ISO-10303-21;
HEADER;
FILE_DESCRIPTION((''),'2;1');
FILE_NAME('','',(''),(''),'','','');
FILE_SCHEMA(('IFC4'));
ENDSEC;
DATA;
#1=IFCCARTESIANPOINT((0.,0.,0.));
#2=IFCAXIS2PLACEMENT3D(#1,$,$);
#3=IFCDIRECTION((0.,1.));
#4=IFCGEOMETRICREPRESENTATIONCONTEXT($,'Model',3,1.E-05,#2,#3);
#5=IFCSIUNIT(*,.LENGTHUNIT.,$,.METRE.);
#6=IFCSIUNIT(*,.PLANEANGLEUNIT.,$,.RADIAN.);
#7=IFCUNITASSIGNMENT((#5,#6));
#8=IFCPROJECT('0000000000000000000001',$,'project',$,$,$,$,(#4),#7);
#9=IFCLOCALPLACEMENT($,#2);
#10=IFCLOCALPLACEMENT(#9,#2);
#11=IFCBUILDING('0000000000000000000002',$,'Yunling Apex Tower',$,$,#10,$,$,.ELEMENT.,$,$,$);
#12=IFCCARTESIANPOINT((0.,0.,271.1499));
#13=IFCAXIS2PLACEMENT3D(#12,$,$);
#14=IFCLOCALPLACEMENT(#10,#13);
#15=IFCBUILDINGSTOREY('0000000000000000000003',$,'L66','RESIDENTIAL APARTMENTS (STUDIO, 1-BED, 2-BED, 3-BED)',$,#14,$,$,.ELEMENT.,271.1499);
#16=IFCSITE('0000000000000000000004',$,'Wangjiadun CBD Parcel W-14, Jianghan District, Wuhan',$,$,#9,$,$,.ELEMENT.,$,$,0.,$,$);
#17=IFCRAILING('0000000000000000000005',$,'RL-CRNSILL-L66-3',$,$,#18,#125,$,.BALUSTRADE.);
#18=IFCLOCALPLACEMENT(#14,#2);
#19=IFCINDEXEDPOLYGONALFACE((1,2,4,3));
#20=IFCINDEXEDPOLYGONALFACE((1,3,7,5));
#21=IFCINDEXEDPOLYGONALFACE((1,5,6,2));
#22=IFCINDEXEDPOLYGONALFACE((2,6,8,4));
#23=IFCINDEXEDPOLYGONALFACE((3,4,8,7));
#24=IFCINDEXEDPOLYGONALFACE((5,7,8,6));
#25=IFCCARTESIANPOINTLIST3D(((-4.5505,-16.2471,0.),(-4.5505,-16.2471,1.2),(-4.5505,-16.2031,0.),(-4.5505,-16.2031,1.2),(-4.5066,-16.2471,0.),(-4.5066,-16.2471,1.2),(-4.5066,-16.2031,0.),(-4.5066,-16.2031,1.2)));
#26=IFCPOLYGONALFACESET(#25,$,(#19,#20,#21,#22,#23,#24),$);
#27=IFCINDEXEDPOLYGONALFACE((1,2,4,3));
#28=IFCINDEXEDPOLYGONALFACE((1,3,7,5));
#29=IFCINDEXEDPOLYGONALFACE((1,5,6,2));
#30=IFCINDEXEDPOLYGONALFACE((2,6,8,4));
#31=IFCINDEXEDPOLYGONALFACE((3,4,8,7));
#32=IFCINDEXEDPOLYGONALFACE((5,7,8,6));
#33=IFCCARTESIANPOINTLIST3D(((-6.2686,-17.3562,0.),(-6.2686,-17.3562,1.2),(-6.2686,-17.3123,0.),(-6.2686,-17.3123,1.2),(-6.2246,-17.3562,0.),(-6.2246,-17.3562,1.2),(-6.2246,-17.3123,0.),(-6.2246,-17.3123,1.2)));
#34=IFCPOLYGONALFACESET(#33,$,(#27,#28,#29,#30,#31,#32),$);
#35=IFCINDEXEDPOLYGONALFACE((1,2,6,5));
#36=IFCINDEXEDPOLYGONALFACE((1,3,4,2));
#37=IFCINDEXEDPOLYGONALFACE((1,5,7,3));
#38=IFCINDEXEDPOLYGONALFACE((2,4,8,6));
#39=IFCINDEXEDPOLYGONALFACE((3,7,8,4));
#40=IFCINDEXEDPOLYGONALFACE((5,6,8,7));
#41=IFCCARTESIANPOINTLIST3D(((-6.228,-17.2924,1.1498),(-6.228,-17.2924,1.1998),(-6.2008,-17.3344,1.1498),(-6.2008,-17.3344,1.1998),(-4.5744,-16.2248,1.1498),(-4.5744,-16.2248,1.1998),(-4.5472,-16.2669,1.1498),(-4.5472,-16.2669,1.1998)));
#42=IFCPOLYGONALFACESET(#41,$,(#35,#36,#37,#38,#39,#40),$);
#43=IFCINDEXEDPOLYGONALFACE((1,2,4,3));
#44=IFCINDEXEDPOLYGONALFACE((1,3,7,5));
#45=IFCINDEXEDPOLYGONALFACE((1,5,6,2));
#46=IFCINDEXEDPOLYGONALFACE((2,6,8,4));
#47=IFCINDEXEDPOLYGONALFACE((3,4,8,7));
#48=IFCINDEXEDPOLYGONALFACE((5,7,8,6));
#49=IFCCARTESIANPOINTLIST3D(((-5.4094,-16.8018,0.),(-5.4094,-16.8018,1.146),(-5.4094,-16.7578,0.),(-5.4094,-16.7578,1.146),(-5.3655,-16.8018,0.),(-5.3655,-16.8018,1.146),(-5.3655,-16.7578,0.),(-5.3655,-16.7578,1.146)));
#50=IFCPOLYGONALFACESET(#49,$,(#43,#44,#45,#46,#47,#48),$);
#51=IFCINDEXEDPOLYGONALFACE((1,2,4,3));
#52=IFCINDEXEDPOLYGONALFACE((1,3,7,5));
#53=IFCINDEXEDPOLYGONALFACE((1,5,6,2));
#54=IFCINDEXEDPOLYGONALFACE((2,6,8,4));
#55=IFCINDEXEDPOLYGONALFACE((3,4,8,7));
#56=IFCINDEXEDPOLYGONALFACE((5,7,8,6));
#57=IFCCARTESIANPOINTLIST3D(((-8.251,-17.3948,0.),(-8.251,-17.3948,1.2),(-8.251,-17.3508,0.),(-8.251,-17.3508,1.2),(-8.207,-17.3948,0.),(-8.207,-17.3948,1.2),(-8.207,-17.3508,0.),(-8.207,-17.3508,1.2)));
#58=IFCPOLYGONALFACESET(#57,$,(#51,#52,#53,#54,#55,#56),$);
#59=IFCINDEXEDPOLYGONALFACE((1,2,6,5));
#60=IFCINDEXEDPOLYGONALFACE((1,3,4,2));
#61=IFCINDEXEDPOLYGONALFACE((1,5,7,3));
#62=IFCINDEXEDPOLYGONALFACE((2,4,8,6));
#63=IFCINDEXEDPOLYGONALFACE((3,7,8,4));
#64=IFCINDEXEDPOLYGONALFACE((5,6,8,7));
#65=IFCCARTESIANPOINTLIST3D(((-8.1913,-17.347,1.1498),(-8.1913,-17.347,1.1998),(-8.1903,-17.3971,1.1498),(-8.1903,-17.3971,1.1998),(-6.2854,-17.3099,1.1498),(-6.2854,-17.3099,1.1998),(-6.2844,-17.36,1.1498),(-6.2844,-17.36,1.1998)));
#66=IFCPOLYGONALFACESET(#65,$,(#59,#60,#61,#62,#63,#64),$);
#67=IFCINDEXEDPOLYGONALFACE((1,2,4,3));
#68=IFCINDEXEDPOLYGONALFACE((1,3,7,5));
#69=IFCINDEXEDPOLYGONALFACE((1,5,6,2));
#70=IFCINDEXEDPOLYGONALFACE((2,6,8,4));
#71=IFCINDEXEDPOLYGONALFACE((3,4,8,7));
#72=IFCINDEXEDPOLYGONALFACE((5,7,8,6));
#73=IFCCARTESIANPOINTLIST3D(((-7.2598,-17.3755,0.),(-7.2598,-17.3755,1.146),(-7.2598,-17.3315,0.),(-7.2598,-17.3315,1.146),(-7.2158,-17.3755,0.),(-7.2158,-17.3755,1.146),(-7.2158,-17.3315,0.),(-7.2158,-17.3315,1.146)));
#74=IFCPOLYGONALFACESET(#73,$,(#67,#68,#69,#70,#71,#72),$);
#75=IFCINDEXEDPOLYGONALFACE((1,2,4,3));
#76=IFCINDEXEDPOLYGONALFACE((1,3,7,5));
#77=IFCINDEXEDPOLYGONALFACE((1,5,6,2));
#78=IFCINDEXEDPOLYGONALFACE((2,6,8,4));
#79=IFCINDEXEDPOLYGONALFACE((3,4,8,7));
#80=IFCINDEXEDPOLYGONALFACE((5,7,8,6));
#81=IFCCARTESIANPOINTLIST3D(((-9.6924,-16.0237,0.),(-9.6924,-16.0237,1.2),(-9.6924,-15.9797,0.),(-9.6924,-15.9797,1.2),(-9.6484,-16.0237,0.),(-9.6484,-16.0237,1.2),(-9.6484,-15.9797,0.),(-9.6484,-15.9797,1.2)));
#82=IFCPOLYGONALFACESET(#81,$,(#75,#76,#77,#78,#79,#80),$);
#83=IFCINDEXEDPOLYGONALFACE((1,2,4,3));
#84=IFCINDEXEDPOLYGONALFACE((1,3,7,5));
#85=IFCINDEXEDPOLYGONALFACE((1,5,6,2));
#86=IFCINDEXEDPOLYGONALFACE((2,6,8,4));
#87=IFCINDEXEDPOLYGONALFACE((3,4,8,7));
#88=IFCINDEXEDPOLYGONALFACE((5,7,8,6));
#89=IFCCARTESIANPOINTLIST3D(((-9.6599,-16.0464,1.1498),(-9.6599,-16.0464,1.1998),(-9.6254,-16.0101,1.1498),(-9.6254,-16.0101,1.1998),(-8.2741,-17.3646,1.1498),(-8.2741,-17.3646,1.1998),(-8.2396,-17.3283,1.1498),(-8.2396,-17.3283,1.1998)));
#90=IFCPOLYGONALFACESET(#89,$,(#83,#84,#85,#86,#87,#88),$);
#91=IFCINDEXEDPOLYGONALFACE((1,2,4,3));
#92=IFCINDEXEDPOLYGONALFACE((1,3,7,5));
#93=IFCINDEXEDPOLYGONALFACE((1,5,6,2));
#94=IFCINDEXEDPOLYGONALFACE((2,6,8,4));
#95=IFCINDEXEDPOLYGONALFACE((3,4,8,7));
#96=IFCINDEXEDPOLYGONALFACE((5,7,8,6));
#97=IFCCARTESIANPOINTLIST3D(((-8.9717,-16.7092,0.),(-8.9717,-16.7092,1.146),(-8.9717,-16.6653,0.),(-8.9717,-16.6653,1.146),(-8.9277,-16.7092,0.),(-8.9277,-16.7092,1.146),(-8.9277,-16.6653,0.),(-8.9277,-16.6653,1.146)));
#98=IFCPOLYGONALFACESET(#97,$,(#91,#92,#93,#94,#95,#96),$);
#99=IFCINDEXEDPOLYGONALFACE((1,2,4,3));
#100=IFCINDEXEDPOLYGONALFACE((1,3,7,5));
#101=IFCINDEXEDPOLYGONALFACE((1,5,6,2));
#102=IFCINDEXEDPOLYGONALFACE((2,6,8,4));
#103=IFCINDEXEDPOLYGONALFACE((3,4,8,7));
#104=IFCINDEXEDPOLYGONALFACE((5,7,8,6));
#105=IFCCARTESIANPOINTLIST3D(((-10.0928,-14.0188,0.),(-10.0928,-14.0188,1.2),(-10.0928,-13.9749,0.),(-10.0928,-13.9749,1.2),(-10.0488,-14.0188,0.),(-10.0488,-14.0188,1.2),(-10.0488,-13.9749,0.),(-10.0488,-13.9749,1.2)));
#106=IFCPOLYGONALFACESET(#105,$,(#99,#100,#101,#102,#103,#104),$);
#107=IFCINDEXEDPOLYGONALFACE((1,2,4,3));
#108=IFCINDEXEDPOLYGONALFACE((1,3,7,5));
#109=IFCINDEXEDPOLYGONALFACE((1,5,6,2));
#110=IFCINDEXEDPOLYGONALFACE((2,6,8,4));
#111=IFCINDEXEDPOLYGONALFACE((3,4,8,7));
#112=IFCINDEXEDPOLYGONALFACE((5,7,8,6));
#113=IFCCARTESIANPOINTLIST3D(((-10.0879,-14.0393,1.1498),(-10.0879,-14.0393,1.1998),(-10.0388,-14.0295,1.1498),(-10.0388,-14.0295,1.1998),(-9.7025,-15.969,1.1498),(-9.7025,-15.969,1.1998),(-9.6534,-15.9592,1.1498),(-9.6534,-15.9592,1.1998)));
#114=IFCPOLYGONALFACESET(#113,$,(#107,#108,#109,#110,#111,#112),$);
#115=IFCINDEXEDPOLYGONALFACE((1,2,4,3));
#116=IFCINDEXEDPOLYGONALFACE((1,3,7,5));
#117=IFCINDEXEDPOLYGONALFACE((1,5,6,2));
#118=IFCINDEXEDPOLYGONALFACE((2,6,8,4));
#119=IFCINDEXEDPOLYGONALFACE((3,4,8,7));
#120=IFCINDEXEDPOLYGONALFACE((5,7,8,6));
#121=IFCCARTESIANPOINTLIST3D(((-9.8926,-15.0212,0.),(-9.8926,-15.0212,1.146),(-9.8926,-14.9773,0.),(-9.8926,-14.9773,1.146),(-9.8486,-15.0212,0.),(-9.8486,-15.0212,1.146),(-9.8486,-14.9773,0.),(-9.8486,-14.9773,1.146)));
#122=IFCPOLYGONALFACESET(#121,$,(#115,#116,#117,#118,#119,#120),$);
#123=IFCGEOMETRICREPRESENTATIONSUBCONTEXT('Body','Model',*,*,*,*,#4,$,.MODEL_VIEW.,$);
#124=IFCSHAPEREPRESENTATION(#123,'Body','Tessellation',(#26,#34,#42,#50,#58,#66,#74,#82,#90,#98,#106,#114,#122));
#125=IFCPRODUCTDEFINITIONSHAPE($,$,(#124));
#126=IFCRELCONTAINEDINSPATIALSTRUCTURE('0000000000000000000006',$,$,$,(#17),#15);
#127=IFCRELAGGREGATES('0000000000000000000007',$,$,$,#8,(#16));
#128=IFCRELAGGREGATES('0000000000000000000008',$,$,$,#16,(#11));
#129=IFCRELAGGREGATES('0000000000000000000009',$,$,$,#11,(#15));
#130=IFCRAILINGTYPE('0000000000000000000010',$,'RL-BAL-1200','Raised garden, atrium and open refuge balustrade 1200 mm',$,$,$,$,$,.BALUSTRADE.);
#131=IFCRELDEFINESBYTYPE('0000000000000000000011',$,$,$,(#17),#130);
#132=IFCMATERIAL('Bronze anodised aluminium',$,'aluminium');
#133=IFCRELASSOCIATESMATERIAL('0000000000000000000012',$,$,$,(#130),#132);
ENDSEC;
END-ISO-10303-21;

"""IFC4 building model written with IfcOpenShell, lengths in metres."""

from ifc_helpers import new_model, si_unit, direction, frame, origin, origin_2d, place, context, subcontext, project, spatial, rectangle, extrude, material, type_object, element, save


model = new_model("IFC4")

# Units and contexts
model_context = context("Model", 3, precision=1e-05, world=origin(), true_north=direction((0.0, 1.0)))
body_context = subcontext(model_context, "Body", "Model", "MODEL_VIEW")
ifc_project = project(units=[si_unit("LENGTHUNIT", "METRE"), si_unit("PLANEANGLEUNIT", "RADIAN")], contexts=[model_context])

# Site, building, storey
site_placement = place(None, origin())
site = spatial("IfcSite", under=ifc_project, at=site_placement, Name="Wangjiadun CBD Parcel W-14, Jianghan District, Wuhan", CompositionType="ELEMENT", RefElevation=0.0)
building_placement = place(site_placement, origin())
building = spatial("IfcBuilding", under=site, at=building_placement, Name="Yunling Apex Tower", CompositionType="ELEMENT")
storey_placement = place(building_placement, frame((0.0, 0.0, 271.1499)))
storey = spatial("IfcBuildingStorey", under=building, at=storey_placement, Name="L66", Description="RESIDENTIAL APARTMENTS (STUDIO, 1-BED, 2-BED, 3-BED)", CompositionType="ELEMENT", Elevation=271.1499)

# Shared definitions
ifc_material_1 = material(Name="Bronze anodised aluminium", Category="aluminium")

# Railing
railing_type = type_object("IfcRailingType", Name="RL-BAL-1200", Description="Raised garden, atrium and open refuge balustrade 1200 mm", PredefinedType="BALUSTRADE", material=ifc_material_1)
railing_placement = place(storey_placement, frame((-4.5286, -16.2251, 0.0)))
element("IfcRailing", 1, at=railing_placement, inside=storey, type_object=railing_type, Name="RL-CRNSILL-L66-3", PredefinedType="BALUSTRADE", context=body_context, shape_type="SweptSolid", body=[
    extrude(rectangle(XDim=0.0439, YDim=0.0439, at=origin_2d()), origin(), (0.0, 0.0, 1.0), 1.2),
    extrude(rectangle(XDim=0.0439, YDim=0.0439, at=origin_2d()), frame((-1.718, -1.1091, 0.0)), (0.0, 0.0, 1.0), 1.2),
    extrude(rectangle(XDim=0.05, YDim=0.05, at=origin_2d()), frame((-0.0322, -0.0208, 1.1748), z_axis=(-0.840133, -0.54238, 0.0), x_axis=(0.54238, -0.840133, 0.0)), (0.0, 0.0, 1.0), 1.9683),
    extrude(rectangle(XDim=0.0439, YDim=0.0439, at=origin_2d()), frame((-0.8589, -0.5547, 0.0)), (0.0, 0.0, 1.0), 1.146),
    extrude(rectangle(XDim=0.0439, YDim=0.0439, at=origin_2d()), frame((-3.7004, -1.1477, 0.0)), (0.0, 0.0, 1.0), 1.2),
    extrude(rectangle(XDim=0.05, YDim=0.05, at=origin_2d()), frame((-1.7563, -1.1099, 1.1748), z_axis=(-0.999811, -0.019454, 0.0), x_axis=(0.019454, -0.999811, 0.0)), (0.0, 0.0, 1.0), 1.9062),
    extrude(rectangle(XDim=0.0439, YDim=0.0439, at=origin_2d()), frame((-2.7092, -1.1284, 0.0)), (0.0, 0.0, 1.0), 1.146),
    extrude(rectangle(XDim=0.0439, YDim=0.0439, at=origin_2d()), frame((-5.1418, 0.2234, 0.0)), (0.0, 0.0, 1.0), 1.2),
    extrude(rectangle(XDim=0.05, YDim=0.05, at=origin_2d()), frame((-3.7283, -1.1213, 1.1748), z_axis=(-0.724558, 0.689214, 0.0), x_axis=(-0.689214, -0.724558, 0.0)), (0.0, 0.0, 1.0), 1.9126),
    extrude(rectangle(XDim=0.0439, YDim=0.0439, at=origin_2d()), frame((-4.4211, -0.4622, 0.0)), (0.0, 0.0, 1.0), 1.146),
    extrude(rectangle(XDim=0.0439, YDim=0.0439, at=origin_2d()), frame((-5.5422, 2.2283, 0.0)), (0.0, 0.0, 1.0), 1.2),
    extrude(rectangle(XDim=0.05, YDim=0.05, at=origin_2d()), frame((-5.1494, 0.261, 1.1748), z_axis=(-0.195841, 0.980636, 0.0), x_axis=(-0.980636, -0.195841, 0.0)), (0.0, 0.0, 1.0), 1.9678),
    extrude(rectangle(XDim=0.0439, YDim=0.0439, at=origin_2d()), frame((-5.342, 1.2258, 0.0)), (0.0, 0.0, 1.0), 1.146),
])

save(model, "model.ifc")
